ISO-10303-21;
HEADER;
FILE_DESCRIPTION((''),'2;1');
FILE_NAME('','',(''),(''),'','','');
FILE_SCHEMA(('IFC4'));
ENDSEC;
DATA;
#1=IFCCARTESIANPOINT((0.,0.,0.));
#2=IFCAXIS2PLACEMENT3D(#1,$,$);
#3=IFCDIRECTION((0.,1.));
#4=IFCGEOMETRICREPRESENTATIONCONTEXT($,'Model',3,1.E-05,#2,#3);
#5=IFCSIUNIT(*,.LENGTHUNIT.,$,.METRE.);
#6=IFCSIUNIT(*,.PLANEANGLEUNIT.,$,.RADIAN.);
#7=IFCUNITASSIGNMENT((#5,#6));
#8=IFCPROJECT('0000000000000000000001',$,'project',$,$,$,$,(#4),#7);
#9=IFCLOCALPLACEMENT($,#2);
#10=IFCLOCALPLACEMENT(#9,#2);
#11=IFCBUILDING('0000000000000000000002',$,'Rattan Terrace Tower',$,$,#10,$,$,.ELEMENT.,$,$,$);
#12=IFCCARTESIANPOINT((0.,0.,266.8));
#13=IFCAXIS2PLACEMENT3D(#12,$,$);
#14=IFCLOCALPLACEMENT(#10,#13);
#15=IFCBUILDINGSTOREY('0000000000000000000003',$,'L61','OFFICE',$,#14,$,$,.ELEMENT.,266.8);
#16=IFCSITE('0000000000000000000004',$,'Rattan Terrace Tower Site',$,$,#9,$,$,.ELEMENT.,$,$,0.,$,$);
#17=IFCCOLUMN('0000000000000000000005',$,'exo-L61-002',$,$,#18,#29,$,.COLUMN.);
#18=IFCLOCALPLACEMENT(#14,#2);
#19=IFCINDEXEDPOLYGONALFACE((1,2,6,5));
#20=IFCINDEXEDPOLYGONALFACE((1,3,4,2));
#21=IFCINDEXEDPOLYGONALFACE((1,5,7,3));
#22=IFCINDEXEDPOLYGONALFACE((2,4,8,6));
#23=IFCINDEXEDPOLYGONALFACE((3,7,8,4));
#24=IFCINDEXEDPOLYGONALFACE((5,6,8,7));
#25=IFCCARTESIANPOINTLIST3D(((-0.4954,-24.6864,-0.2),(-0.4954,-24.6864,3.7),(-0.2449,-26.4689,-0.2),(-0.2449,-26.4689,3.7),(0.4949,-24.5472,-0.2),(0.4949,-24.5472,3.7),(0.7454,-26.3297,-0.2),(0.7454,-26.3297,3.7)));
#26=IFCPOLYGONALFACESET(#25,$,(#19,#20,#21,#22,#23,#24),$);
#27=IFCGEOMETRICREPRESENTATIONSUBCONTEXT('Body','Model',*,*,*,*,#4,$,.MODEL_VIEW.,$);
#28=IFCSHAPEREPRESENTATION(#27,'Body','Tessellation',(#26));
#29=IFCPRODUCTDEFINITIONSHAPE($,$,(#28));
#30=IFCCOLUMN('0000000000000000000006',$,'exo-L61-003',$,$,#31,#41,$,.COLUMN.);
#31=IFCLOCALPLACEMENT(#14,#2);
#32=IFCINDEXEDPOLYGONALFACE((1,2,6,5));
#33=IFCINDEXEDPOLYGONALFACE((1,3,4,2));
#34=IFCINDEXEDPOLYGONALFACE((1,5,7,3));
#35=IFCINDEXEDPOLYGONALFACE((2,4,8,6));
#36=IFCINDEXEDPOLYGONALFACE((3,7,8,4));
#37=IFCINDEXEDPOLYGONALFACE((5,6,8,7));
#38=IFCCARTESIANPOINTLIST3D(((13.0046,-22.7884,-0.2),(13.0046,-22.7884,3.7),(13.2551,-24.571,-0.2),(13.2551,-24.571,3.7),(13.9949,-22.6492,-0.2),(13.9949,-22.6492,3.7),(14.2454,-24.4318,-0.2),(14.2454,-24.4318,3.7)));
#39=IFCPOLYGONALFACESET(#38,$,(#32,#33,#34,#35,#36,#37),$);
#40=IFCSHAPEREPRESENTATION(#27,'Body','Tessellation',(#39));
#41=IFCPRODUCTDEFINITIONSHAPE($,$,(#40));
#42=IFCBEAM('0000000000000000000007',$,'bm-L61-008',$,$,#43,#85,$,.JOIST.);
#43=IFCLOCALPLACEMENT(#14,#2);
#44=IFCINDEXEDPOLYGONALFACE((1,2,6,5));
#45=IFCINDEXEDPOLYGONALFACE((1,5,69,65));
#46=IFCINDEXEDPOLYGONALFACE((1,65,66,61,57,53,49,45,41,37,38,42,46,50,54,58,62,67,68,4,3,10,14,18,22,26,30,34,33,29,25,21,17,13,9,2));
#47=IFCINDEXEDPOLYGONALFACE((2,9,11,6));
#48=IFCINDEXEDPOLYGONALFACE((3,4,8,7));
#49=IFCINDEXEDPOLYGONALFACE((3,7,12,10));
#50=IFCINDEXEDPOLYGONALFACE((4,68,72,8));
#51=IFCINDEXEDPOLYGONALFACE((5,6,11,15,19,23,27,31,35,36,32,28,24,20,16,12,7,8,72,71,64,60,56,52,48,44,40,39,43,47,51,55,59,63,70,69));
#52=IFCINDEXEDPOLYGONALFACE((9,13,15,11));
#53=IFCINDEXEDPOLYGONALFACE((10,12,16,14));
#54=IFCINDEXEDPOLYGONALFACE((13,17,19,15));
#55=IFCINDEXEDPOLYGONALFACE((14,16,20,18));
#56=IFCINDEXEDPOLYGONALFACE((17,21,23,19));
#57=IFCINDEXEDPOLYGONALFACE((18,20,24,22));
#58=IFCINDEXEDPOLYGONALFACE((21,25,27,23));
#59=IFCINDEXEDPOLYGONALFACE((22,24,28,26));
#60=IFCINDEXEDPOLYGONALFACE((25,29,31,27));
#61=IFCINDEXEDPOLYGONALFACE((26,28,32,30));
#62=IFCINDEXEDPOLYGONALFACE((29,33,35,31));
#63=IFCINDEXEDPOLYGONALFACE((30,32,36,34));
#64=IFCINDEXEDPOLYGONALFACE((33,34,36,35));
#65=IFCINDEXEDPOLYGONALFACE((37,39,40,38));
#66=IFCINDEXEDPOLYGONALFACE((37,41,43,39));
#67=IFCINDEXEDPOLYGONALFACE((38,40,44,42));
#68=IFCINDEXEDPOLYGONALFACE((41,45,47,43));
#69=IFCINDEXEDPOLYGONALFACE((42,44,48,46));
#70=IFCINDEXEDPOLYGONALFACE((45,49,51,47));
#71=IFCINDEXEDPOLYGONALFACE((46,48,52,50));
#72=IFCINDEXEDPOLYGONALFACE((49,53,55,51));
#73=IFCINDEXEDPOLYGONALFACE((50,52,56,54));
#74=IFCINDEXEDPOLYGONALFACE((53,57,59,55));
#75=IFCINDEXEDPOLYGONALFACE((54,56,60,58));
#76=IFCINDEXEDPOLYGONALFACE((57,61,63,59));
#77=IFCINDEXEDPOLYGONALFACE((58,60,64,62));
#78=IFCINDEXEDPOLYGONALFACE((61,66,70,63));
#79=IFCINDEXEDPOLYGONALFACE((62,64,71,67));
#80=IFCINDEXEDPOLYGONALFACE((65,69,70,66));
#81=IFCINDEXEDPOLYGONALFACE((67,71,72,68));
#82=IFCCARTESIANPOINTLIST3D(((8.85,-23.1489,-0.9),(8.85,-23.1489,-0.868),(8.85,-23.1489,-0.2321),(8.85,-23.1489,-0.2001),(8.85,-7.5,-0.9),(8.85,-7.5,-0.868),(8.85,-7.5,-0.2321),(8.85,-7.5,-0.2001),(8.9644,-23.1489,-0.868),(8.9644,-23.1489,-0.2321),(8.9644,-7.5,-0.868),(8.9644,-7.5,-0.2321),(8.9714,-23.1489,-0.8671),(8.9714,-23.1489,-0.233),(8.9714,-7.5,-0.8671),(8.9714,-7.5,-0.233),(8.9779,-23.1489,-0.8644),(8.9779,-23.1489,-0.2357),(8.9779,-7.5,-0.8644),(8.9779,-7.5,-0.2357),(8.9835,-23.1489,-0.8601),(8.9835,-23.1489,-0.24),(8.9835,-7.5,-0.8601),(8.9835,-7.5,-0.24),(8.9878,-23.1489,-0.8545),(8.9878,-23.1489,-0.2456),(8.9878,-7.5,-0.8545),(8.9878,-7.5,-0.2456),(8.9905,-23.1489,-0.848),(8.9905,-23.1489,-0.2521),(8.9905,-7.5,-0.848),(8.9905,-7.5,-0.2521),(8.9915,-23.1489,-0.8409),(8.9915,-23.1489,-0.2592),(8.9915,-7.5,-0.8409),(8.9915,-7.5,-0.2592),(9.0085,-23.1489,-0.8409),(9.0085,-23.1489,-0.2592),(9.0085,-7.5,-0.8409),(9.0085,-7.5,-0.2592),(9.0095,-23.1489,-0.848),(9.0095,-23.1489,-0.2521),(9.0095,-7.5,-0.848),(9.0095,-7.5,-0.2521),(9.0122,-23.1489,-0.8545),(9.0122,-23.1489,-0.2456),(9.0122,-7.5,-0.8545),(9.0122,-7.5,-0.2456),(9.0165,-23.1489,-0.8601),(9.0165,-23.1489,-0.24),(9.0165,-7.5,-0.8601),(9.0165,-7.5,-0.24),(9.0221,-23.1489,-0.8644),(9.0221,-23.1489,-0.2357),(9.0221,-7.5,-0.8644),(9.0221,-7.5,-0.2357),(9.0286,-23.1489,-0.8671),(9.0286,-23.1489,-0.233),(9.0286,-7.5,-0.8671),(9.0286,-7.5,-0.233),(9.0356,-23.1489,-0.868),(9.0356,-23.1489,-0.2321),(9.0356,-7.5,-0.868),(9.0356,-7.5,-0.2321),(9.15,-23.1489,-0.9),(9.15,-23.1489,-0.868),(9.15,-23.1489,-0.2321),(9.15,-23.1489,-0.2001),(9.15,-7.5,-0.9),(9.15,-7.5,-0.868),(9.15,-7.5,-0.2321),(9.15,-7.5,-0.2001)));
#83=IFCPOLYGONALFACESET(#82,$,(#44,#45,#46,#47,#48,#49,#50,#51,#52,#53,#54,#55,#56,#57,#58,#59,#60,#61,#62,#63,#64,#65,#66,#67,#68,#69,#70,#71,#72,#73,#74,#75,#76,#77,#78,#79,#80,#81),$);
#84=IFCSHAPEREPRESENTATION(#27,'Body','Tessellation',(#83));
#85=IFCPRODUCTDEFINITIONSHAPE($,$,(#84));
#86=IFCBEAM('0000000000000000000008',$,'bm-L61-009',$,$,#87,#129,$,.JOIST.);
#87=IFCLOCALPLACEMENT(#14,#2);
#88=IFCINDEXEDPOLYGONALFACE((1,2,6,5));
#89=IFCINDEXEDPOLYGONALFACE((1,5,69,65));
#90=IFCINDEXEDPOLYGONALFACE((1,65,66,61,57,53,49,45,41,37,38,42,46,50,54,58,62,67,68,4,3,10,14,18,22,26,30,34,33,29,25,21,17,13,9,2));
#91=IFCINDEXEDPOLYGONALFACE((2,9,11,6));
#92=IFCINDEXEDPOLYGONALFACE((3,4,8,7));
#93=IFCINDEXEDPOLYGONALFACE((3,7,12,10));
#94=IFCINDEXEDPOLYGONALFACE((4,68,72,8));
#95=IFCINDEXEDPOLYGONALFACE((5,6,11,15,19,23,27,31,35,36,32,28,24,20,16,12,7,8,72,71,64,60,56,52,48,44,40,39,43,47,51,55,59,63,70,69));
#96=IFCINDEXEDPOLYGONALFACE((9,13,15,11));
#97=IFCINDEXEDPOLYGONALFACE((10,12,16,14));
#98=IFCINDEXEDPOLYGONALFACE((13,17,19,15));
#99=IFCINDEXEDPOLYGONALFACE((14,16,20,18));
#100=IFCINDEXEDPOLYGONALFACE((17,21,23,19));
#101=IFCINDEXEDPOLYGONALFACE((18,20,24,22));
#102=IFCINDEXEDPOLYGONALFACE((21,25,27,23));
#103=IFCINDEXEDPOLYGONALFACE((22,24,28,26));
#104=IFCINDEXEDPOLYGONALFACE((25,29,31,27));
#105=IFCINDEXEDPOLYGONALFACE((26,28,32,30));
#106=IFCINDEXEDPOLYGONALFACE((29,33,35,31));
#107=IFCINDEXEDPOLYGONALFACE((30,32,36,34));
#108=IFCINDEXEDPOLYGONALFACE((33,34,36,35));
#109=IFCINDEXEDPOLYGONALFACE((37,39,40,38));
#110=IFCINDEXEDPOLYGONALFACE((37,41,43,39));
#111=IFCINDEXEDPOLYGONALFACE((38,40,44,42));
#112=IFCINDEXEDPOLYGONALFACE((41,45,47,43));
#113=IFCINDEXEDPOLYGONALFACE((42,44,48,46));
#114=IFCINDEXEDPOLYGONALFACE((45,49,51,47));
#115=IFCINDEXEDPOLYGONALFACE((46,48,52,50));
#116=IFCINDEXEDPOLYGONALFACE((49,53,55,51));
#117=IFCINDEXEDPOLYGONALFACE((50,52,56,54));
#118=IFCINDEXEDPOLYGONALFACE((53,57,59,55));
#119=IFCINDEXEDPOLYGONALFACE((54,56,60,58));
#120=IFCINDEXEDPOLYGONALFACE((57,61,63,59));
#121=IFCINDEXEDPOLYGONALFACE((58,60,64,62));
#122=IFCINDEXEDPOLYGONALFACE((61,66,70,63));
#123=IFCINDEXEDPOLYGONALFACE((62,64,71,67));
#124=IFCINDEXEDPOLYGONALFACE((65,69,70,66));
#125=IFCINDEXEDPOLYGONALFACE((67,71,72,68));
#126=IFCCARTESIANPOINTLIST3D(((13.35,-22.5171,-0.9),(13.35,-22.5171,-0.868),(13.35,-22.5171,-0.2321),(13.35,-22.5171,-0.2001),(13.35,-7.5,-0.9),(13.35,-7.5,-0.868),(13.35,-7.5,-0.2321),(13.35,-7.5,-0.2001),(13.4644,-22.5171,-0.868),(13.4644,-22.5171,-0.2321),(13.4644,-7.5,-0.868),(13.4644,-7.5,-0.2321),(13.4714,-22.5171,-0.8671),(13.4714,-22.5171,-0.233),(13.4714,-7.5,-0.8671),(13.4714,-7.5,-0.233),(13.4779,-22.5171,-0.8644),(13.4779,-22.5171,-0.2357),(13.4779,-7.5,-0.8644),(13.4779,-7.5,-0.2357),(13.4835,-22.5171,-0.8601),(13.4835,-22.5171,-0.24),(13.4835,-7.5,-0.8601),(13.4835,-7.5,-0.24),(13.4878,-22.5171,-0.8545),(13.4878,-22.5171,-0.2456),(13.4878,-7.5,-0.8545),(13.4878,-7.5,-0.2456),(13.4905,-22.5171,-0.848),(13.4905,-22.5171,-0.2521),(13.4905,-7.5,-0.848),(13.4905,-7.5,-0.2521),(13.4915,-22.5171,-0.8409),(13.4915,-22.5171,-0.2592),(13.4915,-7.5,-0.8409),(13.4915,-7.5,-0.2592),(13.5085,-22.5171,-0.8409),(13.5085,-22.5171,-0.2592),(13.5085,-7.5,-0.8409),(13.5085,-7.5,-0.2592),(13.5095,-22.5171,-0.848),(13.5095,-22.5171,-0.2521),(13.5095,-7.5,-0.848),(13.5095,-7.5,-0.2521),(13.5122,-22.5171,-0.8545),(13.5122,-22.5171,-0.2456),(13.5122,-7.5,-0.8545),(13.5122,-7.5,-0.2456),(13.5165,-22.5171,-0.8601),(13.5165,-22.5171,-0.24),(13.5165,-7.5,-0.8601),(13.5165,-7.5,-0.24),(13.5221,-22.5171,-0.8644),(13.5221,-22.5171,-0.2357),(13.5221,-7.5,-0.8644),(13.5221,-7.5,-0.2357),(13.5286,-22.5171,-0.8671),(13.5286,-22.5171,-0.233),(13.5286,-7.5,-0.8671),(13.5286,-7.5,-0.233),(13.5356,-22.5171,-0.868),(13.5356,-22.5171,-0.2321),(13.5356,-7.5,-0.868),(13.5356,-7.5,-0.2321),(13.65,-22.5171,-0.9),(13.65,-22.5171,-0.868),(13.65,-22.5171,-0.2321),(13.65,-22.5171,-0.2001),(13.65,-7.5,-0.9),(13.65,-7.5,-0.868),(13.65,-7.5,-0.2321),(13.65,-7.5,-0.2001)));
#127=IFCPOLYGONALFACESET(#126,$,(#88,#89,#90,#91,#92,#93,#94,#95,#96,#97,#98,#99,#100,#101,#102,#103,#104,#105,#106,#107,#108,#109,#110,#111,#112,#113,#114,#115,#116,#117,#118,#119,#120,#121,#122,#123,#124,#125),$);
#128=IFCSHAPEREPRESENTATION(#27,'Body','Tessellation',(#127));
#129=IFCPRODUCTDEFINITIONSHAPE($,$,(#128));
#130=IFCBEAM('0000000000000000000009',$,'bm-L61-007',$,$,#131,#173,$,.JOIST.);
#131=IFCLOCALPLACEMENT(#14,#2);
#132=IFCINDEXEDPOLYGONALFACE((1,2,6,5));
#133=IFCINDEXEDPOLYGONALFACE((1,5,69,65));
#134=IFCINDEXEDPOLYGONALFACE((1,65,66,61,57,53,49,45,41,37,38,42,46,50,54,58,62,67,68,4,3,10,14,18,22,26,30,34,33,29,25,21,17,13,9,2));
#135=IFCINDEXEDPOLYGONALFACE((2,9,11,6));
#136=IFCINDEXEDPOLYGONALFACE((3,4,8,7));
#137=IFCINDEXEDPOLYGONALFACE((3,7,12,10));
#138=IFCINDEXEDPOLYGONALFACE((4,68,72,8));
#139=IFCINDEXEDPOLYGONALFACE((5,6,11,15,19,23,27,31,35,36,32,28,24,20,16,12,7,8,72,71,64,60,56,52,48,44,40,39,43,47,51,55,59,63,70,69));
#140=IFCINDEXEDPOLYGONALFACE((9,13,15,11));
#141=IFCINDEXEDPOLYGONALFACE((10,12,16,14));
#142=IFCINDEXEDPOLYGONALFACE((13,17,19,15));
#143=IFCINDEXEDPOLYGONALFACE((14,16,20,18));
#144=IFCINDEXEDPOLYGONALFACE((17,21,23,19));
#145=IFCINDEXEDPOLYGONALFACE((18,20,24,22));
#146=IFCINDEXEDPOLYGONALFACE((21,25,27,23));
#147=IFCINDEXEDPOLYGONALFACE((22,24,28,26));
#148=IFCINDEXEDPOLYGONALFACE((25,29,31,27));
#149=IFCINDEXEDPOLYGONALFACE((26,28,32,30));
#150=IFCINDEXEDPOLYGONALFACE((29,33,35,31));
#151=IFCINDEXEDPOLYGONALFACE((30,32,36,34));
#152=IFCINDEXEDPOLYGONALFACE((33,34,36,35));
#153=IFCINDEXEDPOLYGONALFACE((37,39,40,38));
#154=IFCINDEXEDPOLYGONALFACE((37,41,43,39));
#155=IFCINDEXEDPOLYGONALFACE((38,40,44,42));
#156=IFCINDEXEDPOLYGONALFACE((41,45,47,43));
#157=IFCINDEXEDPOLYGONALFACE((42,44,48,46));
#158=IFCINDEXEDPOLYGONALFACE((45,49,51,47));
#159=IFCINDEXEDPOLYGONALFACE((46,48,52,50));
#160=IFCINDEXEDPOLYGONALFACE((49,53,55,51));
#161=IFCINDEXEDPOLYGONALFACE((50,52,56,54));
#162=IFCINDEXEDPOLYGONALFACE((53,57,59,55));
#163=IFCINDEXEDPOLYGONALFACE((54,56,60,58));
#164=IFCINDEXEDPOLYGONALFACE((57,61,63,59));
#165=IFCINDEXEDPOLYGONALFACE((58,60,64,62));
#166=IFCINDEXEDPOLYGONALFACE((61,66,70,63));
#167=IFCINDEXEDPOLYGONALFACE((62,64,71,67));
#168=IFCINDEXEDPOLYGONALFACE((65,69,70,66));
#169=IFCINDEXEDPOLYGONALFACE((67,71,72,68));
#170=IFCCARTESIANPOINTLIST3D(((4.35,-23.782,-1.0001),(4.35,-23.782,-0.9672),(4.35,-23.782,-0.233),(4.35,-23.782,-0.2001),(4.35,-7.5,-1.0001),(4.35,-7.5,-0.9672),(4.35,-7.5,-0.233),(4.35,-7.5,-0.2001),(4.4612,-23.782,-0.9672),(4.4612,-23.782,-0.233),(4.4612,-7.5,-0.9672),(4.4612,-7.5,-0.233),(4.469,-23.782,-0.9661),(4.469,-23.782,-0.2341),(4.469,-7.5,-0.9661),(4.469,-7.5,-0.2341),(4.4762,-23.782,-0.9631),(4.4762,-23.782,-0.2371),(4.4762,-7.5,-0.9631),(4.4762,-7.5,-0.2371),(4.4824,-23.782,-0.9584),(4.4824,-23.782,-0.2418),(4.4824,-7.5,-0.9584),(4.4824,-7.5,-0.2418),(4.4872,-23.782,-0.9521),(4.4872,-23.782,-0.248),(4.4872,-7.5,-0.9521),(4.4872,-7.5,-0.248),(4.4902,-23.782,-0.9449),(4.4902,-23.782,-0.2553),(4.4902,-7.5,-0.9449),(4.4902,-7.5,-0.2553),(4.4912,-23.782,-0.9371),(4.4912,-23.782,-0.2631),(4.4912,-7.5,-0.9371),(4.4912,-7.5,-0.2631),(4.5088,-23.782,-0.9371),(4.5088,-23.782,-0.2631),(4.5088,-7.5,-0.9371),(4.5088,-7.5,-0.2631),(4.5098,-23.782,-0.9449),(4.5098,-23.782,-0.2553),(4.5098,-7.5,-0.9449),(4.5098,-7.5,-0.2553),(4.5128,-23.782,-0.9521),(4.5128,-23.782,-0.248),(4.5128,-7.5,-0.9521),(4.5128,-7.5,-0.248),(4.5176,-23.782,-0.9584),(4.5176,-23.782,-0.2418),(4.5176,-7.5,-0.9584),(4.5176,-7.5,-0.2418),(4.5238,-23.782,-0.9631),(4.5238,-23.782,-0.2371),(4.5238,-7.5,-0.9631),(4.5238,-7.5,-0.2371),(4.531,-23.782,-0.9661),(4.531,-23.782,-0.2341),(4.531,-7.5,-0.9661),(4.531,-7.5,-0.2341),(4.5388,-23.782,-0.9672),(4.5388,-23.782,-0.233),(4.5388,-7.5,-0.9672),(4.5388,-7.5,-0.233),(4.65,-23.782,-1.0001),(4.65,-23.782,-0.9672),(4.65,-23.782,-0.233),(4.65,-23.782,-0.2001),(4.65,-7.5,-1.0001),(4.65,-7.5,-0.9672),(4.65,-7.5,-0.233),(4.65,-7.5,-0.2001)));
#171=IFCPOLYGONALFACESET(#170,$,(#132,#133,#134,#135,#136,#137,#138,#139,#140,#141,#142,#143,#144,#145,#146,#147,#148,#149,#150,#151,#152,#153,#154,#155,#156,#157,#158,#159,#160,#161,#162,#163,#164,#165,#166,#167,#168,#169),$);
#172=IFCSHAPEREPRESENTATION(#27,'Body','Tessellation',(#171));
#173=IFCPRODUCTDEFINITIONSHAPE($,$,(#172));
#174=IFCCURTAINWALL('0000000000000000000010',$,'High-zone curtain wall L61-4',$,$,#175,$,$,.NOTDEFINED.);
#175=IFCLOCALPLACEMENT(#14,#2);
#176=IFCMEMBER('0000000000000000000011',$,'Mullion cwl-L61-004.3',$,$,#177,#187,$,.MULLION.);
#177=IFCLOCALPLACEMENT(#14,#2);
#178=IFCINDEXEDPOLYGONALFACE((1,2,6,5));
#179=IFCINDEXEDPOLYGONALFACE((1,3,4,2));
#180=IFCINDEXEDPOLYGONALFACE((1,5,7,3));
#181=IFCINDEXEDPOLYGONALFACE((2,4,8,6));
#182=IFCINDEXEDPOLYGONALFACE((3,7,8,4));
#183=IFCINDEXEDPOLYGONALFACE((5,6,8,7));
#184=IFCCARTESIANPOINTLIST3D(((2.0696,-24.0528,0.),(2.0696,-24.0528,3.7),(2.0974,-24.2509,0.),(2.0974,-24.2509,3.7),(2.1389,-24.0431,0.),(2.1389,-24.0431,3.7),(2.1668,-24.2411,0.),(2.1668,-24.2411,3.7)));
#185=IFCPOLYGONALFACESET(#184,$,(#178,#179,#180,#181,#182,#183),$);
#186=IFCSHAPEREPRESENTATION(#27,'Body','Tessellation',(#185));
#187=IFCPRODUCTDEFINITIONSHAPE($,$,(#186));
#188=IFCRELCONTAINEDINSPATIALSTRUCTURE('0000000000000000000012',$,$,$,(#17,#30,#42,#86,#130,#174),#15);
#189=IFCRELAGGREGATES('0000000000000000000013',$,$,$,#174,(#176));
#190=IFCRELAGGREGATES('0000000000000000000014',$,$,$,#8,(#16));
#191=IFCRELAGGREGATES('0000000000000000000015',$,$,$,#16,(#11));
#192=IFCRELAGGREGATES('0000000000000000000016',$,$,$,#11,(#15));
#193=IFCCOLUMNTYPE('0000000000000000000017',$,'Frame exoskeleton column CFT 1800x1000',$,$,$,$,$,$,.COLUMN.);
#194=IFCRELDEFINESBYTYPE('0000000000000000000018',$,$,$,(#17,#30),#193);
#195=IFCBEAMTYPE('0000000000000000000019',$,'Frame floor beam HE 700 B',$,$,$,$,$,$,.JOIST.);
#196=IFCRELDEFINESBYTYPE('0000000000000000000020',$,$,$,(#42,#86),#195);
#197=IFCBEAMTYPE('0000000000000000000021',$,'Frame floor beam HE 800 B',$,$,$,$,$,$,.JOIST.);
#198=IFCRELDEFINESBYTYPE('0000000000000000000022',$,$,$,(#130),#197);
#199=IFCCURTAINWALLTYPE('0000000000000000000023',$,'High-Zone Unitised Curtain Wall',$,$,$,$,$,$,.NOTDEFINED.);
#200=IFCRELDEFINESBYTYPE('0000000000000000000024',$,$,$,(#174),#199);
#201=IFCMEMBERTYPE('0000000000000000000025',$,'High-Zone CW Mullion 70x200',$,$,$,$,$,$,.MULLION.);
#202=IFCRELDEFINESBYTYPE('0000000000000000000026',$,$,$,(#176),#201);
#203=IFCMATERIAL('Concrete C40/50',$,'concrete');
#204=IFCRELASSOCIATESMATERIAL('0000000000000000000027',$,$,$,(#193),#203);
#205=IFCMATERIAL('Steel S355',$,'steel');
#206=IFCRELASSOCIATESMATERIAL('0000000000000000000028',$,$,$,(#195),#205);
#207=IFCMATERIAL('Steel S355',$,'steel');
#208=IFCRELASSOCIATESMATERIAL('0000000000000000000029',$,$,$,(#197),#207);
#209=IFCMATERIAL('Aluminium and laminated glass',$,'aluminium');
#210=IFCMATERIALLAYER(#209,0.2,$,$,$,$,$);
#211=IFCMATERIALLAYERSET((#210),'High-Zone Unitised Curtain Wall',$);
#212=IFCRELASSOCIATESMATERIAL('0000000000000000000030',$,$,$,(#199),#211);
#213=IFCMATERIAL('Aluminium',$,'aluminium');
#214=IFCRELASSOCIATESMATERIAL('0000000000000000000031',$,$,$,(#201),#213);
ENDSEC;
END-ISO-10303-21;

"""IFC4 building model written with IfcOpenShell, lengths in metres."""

from ifc_helpers import new_model, si_unit, direction, frame, origin, origin_2d, place, context, subcontext, project, spatial, rectangle, i_section, extrude, material, layer, layer_set, material_profile, profile_set, type_object, element, aggregate, save


model = new_model("IFC4")

# Units and contexts
model_context = context("Model", 3, precision=1e-05, world=origin(), true_north=direction((0.0, 1.0)))
body_context = subcontext(model_context, "Body", "Model", "MODEL_VIEW")
ifc_project = project(units=[si_unit("LENGTHUNIT", "METRE"), si_unit("PLANEANGLEUNIT", "RADIAN")], contexts=[model_context])

# Site, building, storey
site_placement = place(None, origin())
site = spatial("IfcSite", under=ifc_project, at=site_placement, Name="Rattan Terrace Tower Site", CompositionType="ELEMENT", RefElevation=0.0)
building_placement = place(site_placement, origin())
building = spatial("IfcBuilding", under=site, at=building_placement, Name="Rattan Terrace Tower", CompositionType="ELEMENT")
storey_placement = place(building_placement, frame((0.0, 0.0, 266.8)))
storey = spatial("IfcBuildingStorey", under=building, at=storey_placement, Name="L61", Description="OFFICE", CompositionType="ELEMENT", Elevation=266.8)

# Columns
ifc_material_1 = material(Name="Concrete C40/50", Category="concrete")
ifc_material_profile_1 = material_profile(ifc_material_1, rectangle(XDim=1.0, YDim=1.8, at=origin_2d()), Name="CFT 1800x1000")
ifc_profile_set_1 = profile_set([ifc_material_profile_1], Name="Concrete C40/50")
column_type = type_object("IfcColumnType", Name="Frame exoskeleton column CFT 1800x1000", PredefinedType="COLUMN", material=ifc_profile_set_1)
for number, where, z_axis, x_axis, name in (
    (1, (0.125, -25.5081, -0.2), (0.0, 0.0, 1.0), (0.990266, 0.13919, 0.0), "exo-L61-002"),
    (2, (13.625, -23.6101, -0.2), (0.0, 0.0, 1.0), (0.990266, 0.13919, 0.0), "exo-L61-003"),
):
    element("IfcColumn", number, at=place(storey_placement, frame(where, z_axis=z_axis, x_axis=x_axis)), inside=storey, type_object=column_type, Name=name, PredefinedType="COLUMN", context=body_context, shape_type="SweptSolid", body=[
        extrude(rectangle(XDim=1.0, YDim=1.8, at=origin_2d()), origin(), (0.0, 0.0, 1.0), 3.8999),
    ])

# Beams
ifc_material_2 = material(Name="Steel S355", Category="steel")
ifc_material_profile_2 = material_profile(ifc_material_2, i_section(OverallWidth=0.3, OverallDepth=0.7, WebThickness=0.0171, FlangeThickness=0.032, FilletRadius=0.0271, at=origin_2d()), Name="HE 700 B")
ifc_profile_set_2 = profile_set([ifc_material_profile_2], Name="Steel S355")
beam_type_1 = type_object("IfcBeamType", Name="Frame floor beam HE 700 B", PredefinedType="JOIST", material=ifc_profile_set_2)
beam_1_placement = place(storey_placement, frame((9.0, -23.1489, -0.55), z_axis=(0.0, 1.0, 0.0), x_axis=(-1.0, 0.0, 0.0)))
element("IfcBeam", 3, at=beam_1_placement, inside=storey, type_object=beam_type_1, Name="bm-L61-008", PredefinedType="JOIST", context=body_context, shape_type="SweptSolid", body=[
    extrude(i_section(OverallWidth=0.3, OverallDepth=0.7, WebThickness=0.0171, FlangeThickness=0.032, FilletRadius=0.0271, at=origin_2d()), origin(), (0.0, 0.0, 1.0), 15.6489),
])
beam_2_placement = place(storey_placement, frame((13.5, -22.5171, -0.55), z_axis=(0.0, 1.0, 0.0), x_axis=(-1.0, 0.0, 0.0)))
element("IfcBeam", 4, at=beam_2_placement, inside=storey, type_object=beam_type_1, Name="bm-L61-009", PredefinedType="JOIST", context=body_context, shape_type="SweptSolid", body=[
    extrude(i_section(OverallWidth=0.3, OverallDepth=0.7, WebThickness=0.0171, FlangeThickness=0.032, FilletRadius=0.0271, at=origin_2d()), origin(), (0.0, 0.0, 1.0), 15.0171),
])
ifc_material_3 = material(Name="Steel S355", Category="steel")
ifc_material_profile_3 = material_profile(ifc_material_3, i_section(OverallWidth=0.3, OverallDepth=0.8, WebThickness=0.0176, FlangeThickness=0.033, FilletRadius=0.03, at=origin_2d()), Name="HE 800 B")
ifc_profile_set_3 = profile_set([ifc_material_profile_3], Name="Steel S355")
beam_type_2 = type_object("IfcBeamType", Name="Frame floor beam HE 800 B", PredefinedType="JOIST", material=ifc_profile_set_3)
beam_3_placement = place(storey_placement, frame((4.5, -23.782, -0.6001), z_axis=(0.0, 1.0, 0.0), x_axis=(-1.0, 0.0, 0.0)))
element("IfcBeam", 5, at=beam_3_placement, inside=storey, type_object=beam_type_2, Name="bm-L61-007", PredefinedType="JOIST", context=body_context, shape_type="SweptSolid", body=[
    extrude(i_section(OverallWidth=0.3, OverallDepth=0.8, WebThickness=0.0176, FlangeThickness=0.033, FilletRadius=0.03, at=origin_2d()), origin(), (0.0, 0.0, 1.0), 16.282),
])

# Curtain wall, member
ifc_material_4 = material(Name="Aluminium and laminated glass", Category="aluminium")
ifc_layer_1 = layer(ifc_material_4, 0.2)
ifc_layer_set_1 = layer_set([ifc_layer_1], Name="High-Zone Unitised Curtain Wall")
curtain_wall_type = type_object("IfcCurtainWallType", Name="High-Zone Unitised Curtain Wall", PredefinedType="NOTDEFINED", material=ifc_layer_set_1)
curtain_wall_placement = place(storey_placement, origin())
curtain_wall = element("IfcCurtainWall", 6, at=curtain_wall_placement, inside=storey, type_object=curtain_wall_type, Name="High-zone curtain wall L61-4", PredefinedType="NOTDEFINED")
ifc_material_5 = material(Name="Aluminium", Category="aluminium")
ifc_material_profile_4 = material_profile(ifc_material_5, rectangle(XDim=0.0701, YDim=0.2, at=origin_2d()), Name="Aluminium 70x200")
ifc_profile_set_4 = profile_set([ifc_material_profile_4], Name="Aluminium")
member_type_1 = type_object("IfcMemberType", Name="High-Zone CW Mullion 70x200", PredefinedType="MULLION", material=ifc_profile_set_4)
member_1_placement = place(storey_placement, frame((2.1182, -24.147, 0.0), z_axis=(0.0, 0.0, 1.0), x_axis=(0.990266, 0.139189, 0.0)))
member_1 = element("IfcMember", 7, at=member_1_placement, type_object=member_type_1, Name="Mullion cwl-L61-004.3", PredefinedType="MULLION", context=body_context, shape_type="SweptSolid", body=[
    extrude(rectangle(XDim=0.0701, YDim=0.2, at=origin_2d()), origin(), (0.0, 0.0, 1.0), 3.7),
])
aggregate(curtain_wall, [member_1])

save(model, "model.ifc")
